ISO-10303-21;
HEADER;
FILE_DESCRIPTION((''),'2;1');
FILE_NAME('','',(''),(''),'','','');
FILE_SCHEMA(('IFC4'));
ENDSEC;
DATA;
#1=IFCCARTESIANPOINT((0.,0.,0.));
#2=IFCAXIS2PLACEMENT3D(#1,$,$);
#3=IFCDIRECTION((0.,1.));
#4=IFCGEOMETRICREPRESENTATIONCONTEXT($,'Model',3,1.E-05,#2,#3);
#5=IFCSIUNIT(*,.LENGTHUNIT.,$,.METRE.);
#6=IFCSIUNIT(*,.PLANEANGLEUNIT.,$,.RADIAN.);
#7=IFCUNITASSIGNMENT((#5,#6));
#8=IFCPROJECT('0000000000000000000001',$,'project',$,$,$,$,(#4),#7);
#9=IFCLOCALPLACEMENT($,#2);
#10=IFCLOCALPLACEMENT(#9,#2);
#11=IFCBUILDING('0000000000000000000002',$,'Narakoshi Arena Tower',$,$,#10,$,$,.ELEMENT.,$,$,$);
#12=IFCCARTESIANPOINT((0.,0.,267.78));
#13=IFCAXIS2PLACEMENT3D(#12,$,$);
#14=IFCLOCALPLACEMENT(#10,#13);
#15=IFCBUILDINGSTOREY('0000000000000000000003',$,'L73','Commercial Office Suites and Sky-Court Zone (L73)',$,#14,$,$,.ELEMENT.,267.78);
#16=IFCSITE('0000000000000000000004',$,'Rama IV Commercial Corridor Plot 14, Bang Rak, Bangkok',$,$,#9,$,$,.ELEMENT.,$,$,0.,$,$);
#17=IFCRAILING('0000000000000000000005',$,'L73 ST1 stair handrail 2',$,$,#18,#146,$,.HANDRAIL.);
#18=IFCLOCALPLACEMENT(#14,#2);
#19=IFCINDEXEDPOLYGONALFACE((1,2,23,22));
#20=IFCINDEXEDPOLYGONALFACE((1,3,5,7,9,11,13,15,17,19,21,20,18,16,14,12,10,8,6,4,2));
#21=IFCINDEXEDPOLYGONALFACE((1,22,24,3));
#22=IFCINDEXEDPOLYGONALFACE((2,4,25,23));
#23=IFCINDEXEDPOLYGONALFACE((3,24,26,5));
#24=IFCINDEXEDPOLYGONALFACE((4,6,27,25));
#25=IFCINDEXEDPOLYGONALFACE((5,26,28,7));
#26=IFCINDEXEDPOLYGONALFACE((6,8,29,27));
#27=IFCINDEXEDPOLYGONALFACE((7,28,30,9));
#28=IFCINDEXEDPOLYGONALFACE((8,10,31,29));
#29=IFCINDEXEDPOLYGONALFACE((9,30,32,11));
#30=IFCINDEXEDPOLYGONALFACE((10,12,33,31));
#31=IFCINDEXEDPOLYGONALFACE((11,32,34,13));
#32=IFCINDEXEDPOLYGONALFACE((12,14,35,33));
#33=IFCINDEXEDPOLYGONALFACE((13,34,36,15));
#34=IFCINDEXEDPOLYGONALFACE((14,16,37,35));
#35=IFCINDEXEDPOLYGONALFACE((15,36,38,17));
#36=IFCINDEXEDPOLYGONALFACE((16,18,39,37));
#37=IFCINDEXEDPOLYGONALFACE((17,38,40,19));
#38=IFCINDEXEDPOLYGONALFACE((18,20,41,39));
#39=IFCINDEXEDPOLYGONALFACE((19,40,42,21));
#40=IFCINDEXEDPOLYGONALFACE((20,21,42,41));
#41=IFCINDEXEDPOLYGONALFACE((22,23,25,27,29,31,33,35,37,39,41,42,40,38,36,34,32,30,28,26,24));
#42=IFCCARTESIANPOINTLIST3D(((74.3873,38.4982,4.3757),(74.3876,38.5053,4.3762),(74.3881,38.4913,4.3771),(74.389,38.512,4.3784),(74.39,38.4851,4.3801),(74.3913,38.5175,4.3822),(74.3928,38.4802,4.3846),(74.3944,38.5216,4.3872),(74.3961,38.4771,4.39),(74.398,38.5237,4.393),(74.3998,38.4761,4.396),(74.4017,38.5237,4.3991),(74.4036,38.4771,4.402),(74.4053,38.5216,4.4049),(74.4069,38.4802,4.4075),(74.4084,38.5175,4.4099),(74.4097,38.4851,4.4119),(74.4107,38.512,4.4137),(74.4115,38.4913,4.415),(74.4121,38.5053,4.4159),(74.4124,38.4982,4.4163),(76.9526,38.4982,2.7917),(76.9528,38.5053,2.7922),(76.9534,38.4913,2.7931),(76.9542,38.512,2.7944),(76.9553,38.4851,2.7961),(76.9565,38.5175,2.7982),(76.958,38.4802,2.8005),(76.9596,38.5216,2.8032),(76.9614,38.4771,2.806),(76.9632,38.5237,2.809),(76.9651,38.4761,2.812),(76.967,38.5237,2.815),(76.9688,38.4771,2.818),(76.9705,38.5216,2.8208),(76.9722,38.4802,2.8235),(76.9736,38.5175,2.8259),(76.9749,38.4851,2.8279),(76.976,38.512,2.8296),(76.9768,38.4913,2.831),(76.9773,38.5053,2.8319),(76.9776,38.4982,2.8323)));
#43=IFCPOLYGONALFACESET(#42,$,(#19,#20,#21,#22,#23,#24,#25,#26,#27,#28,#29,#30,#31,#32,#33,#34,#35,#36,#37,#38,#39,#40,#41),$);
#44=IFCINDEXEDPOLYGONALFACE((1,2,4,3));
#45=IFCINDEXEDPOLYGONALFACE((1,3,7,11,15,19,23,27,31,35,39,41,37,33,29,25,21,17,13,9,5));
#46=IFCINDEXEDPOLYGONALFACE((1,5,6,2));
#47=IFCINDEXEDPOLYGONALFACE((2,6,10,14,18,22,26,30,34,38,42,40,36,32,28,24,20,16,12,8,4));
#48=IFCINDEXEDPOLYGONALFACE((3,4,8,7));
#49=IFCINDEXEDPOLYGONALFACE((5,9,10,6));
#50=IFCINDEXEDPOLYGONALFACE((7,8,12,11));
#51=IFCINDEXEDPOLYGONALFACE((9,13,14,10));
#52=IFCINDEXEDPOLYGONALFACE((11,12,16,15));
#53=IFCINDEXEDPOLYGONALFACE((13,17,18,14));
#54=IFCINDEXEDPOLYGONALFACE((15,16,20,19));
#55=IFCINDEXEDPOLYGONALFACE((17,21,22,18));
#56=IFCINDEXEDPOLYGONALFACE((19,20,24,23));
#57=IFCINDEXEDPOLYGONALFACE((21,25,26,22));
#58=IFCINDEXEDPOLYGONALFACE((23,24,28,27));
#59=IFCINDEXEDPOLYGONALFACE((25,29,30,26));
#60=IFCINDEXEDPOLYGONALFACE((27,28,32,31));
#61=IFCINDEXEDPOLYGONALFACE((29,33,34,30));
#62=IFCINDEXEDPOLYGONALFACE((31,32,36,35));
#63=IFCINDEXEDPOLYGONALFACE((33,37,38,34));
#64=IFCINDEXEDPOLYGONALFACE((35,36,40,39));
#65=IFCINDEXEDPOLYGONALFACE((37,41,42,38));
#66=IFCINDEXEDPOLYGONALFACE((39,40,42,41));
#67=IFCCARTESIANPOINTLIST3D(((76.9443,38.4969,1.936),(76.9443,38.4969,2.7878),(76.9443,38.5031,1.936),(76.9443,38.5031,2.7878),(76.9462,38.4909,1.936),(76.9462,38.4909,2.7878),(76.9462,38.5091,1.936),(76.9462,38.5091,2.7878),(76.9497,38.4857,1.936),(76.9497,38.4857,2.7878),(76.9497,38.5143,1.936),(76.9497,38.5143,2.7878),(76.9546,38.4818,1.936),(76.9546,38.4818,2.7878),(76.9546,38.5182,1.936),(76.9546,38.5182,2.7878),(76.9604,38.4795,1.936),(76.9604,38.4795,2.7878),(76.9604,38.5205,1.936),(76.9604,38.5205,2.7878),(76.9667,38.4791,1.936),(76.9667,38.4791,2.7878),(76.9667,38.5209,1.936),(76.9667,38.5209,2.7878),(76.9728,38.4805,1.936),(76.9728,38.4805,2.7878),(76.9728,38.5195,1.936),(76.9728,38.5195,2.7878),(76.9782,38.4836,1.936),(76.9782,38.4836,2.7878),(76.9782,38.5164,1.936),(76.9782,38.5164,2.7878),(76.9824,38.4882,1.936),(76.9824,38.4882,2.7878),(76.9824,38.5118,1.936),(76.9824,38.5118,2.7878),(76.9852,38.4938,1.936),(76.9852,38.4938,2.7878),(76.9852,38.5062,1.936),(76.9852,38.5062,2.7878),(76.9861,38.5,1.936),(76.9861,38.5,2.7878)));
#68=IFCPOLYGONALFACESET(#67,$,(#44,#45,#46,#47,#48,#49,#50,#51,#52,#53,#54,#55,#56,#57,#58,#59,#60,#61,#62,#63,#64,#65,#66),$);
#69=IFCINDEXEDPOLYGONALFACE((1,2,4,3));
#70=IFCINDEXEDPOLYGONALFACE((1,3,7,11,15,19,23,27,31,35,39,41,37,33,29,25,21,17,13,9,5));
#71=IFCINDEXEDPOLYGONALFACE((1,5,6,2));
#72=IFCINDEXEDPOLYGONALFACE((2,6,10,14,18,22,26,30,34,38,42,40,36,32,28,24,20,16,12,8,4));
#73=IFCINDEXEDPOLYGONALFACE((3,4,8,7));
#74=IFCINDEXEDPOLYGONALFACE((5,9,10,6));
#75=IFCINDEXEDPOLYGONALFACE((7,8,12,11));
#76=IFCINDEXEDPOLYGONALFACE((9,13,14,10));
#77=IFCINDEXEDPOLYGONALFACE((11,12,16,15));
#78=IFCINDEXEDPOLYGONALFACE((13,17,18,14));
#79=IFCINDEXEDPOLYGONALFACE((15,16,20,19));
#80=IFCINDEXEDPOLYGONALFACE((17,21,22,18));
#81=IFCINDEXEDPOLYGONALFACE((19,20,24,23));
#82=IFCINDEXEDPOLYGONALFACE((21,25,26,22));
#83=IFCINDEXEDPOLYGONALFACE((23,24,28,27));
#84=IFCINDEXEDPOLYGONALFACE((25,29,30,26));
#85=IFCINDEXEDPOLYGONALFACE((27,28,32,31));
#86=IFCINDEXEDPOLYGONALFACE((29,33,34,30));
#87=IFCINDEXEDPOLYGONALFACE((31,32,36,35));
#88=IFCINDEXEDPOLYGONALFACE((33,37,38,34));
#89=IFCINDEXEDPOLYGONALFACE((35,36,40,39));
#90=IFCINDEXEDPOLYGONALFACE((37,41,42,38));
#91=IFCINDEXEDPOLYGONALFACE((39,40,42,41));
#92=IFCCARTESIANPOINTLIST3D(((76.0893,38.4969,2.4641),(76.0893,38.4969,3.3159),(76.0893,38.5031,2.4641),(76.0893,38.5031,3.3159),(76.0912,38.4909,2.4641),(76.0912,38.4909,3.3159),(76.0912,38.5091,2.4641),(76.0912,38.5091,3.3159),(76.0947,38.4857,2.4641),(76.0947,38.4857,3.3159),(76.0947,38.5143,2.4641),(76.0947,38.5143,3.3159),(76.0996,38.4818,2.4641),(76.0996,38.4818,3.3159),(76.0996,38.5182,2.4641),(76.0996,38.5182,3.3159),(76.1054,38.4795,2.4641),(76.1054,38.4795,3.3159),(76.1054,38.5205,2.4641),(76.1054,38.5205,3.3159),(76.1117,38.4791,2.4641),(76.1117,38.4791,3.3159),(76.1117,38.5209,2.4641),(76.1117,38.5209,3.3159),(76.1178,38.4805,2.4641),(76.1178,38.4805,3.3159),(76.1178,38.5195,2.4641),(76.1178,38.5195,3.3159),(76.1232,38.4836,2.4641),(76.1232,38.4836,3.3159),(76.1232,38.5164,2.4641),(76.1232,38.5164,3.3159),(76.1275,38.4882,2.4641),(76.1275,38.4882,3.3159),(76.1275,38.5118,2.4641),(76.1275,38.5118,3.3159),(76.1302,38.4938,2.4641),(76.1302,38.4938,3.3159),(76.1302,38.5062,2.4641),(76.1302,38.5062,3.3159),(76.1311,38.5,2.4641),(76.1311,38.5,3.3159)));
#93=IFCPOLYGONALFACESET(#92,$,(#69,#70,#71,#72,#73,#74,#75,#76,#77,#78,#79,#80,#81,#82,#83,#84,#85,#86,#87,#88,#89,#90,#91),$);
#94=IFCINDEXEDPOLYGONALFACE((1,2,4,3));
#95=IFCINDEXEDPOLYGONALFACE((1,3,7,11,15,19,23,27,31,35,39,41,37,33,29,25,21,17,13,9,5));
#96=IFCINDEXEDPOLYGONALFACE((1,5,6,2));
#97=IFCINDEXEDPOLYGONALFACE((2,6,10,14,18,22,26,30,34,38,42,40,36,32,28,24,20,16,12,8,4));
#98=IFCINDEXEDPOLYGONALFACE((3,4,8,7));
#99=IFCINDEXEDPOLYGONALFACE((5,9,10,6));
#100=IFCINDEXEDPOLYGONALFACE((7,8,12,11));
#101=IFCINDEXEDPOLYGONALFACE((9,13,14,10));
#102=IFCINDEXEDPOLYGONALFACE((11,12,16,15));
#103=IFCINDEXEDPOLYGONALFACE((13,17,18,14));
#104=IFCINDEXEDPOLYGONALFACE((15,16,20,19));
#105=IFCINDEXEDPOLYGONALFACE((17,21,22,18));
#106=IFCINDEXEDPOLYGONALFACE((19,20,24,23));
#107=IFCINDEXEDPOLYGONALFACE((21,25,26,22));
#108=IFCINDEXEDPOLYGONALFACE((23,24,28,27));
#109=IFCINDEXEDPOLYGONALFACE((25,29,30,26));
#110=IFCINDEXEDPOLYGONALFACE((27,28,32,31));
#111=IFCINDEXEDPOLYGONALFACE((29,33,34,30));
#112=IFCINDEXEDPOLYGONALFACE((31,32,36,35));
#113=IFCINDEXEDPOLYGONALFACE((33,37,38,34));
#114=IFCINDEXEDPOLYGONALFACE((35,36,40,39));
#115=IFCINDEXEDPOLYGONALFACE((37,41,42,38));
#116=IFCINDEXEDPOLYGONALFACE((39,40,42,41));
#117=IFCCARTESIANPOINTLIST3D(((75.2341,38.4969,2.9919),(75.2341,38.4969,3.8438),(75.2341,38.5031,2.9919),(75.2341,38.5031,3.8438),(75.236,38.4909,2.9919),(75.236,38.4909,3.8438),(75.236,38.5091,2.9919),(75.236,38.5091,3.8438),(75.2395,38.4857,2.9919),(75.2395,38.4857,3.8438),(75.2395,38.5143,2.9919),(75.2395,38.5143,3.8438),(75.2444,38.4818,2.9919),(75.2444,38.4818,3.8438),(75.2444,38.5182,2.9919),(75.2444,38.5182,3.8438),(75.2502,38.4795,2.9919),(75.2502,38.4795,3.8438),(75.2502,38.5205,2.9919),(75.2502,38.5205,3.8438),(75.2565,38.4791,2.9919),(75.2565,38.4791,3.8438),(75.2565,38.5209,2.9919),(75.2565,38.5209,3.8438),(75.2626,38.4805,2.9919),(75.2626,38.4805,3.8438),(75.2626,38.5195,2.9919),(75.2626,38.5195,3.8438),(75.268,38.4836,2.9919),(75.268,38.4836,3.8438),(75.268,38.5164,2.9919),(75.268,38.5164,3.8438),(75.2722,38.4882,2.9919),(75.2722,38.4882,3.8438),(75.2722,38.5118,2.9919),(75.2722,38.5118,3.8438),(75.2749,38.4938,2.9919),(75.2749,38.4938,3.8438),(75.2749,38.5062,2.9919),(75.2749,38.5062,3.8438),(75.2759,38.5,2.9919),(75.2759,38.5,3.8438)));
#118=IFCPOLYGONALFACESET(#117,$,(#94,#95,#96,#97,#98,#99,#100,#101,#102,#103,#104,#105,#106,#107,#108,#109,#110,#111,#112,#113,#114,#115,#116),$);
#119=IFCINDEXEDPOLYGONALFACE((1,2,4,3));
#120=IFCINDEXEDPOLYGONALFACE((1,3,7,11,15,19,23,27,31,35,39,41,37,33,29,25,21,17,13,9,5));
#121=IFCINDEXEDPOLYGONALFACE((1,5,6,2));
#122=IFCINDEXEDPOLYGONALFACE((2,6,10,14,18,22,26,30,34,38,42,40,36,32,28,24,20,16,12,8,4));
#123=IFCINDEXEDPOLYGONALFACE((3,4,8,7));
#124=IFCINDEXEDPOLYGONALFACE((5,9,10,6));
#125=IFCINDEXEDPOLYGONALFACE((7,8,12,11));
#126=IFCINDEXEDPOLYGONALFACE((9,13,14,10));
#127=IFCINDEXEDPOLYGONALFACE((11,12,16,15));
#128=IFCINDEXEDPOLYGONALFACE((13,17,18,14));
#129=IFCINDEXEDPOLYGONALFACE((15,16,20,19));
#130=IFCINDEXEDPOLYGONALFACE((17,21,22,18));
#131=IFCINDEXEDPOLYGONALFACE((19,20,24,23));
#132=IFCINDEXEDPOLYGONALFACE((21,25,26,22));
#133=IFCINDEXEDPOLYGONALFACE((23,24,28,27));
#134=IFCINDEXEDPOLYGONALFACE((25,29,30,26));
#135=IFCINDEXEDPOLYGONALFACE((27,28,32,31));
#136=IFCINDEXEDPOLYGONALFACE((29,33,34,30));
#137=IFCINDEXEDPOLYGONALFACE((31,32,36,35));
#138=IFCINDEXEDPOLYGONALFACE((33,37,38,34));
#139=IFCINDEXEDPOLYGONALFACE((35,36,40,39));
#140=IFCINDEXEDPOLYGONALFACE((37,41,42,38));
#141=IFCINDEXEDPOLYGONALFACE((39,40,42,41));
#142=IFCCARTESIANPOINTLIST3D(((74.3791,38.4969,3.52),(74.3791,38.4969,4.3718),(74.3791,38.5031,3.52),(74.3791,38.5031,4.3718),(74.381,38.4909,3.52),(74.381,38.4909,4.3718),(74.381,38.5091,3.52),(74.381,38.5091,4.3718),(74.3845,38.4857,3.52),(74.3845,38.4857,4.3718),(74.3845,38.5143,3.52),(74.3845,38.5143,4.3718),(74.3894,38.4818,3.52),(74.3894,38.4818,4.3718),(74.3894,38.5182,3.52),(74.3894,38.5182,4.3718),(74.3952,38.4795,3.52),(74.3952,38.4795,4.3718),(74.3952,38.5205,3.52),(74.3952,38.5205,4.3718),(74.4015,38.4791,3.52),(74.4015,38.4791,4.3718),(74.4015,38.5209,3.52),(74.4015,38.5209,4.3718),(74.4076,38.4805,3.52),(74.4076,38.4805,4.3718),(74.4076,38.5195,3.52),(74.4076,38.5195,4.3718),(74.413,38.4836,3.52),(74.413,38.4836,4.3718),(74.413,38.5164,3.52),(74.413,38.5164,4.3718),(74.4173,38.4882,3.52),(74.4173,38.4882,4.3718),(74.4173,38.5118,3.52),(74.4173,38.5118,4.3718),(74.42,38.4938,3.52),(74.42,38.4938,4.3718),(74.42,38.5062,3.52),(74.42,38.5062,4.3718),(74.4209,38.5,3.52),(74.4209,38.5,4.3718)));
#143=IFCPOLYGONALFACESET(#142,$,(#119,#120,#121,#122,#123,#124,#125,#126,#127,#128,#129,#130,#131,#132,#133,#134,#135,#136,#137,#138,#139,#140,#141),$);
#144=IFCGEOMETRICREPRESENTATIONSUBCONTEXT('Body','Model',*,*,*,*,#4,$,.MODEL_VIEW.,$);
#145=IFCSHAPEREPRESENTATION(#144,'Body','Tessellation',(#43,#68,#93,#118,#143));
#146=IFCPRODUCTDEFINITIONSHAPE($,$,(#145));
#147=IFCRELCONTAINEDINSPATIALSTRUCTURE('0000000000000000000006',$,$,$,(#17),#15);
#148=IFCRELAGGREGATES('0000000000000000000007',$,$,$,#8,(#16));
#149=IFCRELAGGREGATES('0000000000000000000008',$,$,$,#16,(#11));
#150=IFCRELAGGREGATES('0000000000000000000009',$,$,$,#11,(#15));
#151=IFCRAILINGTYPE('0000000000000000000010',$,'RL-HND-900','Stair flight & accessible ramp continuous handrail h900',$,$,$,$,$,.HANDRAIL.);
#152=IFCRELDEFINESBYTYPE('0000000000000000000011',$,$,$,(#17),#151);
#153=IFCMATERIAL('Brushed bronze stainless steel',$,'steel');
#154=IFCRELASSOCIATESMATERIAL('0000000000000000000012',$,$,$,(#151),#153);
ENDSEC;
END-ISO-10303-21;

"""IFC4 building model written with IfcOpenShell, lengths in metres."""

from ifc_helpers import new_model, si_unit, direction, frame, origin, origin_2d, place, context, subcontext, project, spatial, circle, extrude, material, type_object, element, save


model = new_model("IFC4")

# Units and contexts
model_context = context("Model", 3, precision=1e-05, world=origin(), true_north=direction((0.0, 1.0)))
body_context = subcontext(model_context, "Body", "Model", "MODEL_VIEW")
ifc_project = project(units=[si_unit("LENGTHUNIT", "METRE"), si_unit("PLANEANGLEUNIT", "RADIAN")], contexts=[model_context])

# Site, building, storey
site_placement = place(None, origin())
site = spatial("IfcSite", under=ifc_project, at=site_placement, Name="Rama IV Commercial Corridor Plot 14, Bang Rak, Bangkok", CompositionType="ELEMENT", RefElevation=0.0)
building_placement = place(site_placement, origin())
building = spatial("IfcBuilding", under=site, at=building_placement, Name="Narakoshi Arena Tower", CompositionType="ELEMENT")
storey_placement = place(building_placement, frame((0.0, 0.0, 267.78)))
storey = spatial("IfcBuildingStorey", under=building, at=storey_placement, Name="L73", Description="Commercial Office Suites and Sky-Court Zone (L73)", CompositionType="ELEMENT", Elevation=267.78)

# Railing
ifc_material_1 = material(Name="Brushed bronze stainless steel", Category="steel")
railing_type_1 = type_object("IfcRailingType", Name="RL-HND-900", Description="Stair flight & accessible ramp continuous handrail h900", PredefinedType="HANDRAIL", material=ifc_material_1)
railing_1_placement = place(storey_placement, frame((76.9651, 38.5, 1.936)))
element("IfcRailing", 1, at=railing_1_placement, inside=storey, type_object=railing_type_1, Name="L73 ST1 stair handrail 2", PredefinedType="HANDRAIL", context=body_context, shape_type="SweptSolid", body=[
    extrude(circle(Radius=0.0239, at=origin_2d()), frame((0.0, 0.0, 0.876), z_axis=(-0.850857, 0.0, 0.525398), x_axis=(0.0, -1.0, 0.0)), (0.0, 0.0, 1.0), 3.0149),
    extrude(circle(Radius=0.021, at=origin_2d()), origin(), (0.0, 0.0, 1.0), 0.8518),
    extrude(circle(Radius=0.021, at=origin_2d()), frame((-0.855, 0.0, 0.5281)), (0.0, 0.0, 1.0), 0.8518),
    extrude(circle(Radius=0.021, at=origin_2d()), frame((-1.7102, 0.0, 1.0559)), (0.0, 0.0, 1.0), 0.8518),
    extrude(circle(Radius=0.021, at=origin_2d()), frame((-2.5652, 0.0, 1.584)), (0.0, 0.0, 1.0), 0.8518),
])

save(model, "model.ifc")
